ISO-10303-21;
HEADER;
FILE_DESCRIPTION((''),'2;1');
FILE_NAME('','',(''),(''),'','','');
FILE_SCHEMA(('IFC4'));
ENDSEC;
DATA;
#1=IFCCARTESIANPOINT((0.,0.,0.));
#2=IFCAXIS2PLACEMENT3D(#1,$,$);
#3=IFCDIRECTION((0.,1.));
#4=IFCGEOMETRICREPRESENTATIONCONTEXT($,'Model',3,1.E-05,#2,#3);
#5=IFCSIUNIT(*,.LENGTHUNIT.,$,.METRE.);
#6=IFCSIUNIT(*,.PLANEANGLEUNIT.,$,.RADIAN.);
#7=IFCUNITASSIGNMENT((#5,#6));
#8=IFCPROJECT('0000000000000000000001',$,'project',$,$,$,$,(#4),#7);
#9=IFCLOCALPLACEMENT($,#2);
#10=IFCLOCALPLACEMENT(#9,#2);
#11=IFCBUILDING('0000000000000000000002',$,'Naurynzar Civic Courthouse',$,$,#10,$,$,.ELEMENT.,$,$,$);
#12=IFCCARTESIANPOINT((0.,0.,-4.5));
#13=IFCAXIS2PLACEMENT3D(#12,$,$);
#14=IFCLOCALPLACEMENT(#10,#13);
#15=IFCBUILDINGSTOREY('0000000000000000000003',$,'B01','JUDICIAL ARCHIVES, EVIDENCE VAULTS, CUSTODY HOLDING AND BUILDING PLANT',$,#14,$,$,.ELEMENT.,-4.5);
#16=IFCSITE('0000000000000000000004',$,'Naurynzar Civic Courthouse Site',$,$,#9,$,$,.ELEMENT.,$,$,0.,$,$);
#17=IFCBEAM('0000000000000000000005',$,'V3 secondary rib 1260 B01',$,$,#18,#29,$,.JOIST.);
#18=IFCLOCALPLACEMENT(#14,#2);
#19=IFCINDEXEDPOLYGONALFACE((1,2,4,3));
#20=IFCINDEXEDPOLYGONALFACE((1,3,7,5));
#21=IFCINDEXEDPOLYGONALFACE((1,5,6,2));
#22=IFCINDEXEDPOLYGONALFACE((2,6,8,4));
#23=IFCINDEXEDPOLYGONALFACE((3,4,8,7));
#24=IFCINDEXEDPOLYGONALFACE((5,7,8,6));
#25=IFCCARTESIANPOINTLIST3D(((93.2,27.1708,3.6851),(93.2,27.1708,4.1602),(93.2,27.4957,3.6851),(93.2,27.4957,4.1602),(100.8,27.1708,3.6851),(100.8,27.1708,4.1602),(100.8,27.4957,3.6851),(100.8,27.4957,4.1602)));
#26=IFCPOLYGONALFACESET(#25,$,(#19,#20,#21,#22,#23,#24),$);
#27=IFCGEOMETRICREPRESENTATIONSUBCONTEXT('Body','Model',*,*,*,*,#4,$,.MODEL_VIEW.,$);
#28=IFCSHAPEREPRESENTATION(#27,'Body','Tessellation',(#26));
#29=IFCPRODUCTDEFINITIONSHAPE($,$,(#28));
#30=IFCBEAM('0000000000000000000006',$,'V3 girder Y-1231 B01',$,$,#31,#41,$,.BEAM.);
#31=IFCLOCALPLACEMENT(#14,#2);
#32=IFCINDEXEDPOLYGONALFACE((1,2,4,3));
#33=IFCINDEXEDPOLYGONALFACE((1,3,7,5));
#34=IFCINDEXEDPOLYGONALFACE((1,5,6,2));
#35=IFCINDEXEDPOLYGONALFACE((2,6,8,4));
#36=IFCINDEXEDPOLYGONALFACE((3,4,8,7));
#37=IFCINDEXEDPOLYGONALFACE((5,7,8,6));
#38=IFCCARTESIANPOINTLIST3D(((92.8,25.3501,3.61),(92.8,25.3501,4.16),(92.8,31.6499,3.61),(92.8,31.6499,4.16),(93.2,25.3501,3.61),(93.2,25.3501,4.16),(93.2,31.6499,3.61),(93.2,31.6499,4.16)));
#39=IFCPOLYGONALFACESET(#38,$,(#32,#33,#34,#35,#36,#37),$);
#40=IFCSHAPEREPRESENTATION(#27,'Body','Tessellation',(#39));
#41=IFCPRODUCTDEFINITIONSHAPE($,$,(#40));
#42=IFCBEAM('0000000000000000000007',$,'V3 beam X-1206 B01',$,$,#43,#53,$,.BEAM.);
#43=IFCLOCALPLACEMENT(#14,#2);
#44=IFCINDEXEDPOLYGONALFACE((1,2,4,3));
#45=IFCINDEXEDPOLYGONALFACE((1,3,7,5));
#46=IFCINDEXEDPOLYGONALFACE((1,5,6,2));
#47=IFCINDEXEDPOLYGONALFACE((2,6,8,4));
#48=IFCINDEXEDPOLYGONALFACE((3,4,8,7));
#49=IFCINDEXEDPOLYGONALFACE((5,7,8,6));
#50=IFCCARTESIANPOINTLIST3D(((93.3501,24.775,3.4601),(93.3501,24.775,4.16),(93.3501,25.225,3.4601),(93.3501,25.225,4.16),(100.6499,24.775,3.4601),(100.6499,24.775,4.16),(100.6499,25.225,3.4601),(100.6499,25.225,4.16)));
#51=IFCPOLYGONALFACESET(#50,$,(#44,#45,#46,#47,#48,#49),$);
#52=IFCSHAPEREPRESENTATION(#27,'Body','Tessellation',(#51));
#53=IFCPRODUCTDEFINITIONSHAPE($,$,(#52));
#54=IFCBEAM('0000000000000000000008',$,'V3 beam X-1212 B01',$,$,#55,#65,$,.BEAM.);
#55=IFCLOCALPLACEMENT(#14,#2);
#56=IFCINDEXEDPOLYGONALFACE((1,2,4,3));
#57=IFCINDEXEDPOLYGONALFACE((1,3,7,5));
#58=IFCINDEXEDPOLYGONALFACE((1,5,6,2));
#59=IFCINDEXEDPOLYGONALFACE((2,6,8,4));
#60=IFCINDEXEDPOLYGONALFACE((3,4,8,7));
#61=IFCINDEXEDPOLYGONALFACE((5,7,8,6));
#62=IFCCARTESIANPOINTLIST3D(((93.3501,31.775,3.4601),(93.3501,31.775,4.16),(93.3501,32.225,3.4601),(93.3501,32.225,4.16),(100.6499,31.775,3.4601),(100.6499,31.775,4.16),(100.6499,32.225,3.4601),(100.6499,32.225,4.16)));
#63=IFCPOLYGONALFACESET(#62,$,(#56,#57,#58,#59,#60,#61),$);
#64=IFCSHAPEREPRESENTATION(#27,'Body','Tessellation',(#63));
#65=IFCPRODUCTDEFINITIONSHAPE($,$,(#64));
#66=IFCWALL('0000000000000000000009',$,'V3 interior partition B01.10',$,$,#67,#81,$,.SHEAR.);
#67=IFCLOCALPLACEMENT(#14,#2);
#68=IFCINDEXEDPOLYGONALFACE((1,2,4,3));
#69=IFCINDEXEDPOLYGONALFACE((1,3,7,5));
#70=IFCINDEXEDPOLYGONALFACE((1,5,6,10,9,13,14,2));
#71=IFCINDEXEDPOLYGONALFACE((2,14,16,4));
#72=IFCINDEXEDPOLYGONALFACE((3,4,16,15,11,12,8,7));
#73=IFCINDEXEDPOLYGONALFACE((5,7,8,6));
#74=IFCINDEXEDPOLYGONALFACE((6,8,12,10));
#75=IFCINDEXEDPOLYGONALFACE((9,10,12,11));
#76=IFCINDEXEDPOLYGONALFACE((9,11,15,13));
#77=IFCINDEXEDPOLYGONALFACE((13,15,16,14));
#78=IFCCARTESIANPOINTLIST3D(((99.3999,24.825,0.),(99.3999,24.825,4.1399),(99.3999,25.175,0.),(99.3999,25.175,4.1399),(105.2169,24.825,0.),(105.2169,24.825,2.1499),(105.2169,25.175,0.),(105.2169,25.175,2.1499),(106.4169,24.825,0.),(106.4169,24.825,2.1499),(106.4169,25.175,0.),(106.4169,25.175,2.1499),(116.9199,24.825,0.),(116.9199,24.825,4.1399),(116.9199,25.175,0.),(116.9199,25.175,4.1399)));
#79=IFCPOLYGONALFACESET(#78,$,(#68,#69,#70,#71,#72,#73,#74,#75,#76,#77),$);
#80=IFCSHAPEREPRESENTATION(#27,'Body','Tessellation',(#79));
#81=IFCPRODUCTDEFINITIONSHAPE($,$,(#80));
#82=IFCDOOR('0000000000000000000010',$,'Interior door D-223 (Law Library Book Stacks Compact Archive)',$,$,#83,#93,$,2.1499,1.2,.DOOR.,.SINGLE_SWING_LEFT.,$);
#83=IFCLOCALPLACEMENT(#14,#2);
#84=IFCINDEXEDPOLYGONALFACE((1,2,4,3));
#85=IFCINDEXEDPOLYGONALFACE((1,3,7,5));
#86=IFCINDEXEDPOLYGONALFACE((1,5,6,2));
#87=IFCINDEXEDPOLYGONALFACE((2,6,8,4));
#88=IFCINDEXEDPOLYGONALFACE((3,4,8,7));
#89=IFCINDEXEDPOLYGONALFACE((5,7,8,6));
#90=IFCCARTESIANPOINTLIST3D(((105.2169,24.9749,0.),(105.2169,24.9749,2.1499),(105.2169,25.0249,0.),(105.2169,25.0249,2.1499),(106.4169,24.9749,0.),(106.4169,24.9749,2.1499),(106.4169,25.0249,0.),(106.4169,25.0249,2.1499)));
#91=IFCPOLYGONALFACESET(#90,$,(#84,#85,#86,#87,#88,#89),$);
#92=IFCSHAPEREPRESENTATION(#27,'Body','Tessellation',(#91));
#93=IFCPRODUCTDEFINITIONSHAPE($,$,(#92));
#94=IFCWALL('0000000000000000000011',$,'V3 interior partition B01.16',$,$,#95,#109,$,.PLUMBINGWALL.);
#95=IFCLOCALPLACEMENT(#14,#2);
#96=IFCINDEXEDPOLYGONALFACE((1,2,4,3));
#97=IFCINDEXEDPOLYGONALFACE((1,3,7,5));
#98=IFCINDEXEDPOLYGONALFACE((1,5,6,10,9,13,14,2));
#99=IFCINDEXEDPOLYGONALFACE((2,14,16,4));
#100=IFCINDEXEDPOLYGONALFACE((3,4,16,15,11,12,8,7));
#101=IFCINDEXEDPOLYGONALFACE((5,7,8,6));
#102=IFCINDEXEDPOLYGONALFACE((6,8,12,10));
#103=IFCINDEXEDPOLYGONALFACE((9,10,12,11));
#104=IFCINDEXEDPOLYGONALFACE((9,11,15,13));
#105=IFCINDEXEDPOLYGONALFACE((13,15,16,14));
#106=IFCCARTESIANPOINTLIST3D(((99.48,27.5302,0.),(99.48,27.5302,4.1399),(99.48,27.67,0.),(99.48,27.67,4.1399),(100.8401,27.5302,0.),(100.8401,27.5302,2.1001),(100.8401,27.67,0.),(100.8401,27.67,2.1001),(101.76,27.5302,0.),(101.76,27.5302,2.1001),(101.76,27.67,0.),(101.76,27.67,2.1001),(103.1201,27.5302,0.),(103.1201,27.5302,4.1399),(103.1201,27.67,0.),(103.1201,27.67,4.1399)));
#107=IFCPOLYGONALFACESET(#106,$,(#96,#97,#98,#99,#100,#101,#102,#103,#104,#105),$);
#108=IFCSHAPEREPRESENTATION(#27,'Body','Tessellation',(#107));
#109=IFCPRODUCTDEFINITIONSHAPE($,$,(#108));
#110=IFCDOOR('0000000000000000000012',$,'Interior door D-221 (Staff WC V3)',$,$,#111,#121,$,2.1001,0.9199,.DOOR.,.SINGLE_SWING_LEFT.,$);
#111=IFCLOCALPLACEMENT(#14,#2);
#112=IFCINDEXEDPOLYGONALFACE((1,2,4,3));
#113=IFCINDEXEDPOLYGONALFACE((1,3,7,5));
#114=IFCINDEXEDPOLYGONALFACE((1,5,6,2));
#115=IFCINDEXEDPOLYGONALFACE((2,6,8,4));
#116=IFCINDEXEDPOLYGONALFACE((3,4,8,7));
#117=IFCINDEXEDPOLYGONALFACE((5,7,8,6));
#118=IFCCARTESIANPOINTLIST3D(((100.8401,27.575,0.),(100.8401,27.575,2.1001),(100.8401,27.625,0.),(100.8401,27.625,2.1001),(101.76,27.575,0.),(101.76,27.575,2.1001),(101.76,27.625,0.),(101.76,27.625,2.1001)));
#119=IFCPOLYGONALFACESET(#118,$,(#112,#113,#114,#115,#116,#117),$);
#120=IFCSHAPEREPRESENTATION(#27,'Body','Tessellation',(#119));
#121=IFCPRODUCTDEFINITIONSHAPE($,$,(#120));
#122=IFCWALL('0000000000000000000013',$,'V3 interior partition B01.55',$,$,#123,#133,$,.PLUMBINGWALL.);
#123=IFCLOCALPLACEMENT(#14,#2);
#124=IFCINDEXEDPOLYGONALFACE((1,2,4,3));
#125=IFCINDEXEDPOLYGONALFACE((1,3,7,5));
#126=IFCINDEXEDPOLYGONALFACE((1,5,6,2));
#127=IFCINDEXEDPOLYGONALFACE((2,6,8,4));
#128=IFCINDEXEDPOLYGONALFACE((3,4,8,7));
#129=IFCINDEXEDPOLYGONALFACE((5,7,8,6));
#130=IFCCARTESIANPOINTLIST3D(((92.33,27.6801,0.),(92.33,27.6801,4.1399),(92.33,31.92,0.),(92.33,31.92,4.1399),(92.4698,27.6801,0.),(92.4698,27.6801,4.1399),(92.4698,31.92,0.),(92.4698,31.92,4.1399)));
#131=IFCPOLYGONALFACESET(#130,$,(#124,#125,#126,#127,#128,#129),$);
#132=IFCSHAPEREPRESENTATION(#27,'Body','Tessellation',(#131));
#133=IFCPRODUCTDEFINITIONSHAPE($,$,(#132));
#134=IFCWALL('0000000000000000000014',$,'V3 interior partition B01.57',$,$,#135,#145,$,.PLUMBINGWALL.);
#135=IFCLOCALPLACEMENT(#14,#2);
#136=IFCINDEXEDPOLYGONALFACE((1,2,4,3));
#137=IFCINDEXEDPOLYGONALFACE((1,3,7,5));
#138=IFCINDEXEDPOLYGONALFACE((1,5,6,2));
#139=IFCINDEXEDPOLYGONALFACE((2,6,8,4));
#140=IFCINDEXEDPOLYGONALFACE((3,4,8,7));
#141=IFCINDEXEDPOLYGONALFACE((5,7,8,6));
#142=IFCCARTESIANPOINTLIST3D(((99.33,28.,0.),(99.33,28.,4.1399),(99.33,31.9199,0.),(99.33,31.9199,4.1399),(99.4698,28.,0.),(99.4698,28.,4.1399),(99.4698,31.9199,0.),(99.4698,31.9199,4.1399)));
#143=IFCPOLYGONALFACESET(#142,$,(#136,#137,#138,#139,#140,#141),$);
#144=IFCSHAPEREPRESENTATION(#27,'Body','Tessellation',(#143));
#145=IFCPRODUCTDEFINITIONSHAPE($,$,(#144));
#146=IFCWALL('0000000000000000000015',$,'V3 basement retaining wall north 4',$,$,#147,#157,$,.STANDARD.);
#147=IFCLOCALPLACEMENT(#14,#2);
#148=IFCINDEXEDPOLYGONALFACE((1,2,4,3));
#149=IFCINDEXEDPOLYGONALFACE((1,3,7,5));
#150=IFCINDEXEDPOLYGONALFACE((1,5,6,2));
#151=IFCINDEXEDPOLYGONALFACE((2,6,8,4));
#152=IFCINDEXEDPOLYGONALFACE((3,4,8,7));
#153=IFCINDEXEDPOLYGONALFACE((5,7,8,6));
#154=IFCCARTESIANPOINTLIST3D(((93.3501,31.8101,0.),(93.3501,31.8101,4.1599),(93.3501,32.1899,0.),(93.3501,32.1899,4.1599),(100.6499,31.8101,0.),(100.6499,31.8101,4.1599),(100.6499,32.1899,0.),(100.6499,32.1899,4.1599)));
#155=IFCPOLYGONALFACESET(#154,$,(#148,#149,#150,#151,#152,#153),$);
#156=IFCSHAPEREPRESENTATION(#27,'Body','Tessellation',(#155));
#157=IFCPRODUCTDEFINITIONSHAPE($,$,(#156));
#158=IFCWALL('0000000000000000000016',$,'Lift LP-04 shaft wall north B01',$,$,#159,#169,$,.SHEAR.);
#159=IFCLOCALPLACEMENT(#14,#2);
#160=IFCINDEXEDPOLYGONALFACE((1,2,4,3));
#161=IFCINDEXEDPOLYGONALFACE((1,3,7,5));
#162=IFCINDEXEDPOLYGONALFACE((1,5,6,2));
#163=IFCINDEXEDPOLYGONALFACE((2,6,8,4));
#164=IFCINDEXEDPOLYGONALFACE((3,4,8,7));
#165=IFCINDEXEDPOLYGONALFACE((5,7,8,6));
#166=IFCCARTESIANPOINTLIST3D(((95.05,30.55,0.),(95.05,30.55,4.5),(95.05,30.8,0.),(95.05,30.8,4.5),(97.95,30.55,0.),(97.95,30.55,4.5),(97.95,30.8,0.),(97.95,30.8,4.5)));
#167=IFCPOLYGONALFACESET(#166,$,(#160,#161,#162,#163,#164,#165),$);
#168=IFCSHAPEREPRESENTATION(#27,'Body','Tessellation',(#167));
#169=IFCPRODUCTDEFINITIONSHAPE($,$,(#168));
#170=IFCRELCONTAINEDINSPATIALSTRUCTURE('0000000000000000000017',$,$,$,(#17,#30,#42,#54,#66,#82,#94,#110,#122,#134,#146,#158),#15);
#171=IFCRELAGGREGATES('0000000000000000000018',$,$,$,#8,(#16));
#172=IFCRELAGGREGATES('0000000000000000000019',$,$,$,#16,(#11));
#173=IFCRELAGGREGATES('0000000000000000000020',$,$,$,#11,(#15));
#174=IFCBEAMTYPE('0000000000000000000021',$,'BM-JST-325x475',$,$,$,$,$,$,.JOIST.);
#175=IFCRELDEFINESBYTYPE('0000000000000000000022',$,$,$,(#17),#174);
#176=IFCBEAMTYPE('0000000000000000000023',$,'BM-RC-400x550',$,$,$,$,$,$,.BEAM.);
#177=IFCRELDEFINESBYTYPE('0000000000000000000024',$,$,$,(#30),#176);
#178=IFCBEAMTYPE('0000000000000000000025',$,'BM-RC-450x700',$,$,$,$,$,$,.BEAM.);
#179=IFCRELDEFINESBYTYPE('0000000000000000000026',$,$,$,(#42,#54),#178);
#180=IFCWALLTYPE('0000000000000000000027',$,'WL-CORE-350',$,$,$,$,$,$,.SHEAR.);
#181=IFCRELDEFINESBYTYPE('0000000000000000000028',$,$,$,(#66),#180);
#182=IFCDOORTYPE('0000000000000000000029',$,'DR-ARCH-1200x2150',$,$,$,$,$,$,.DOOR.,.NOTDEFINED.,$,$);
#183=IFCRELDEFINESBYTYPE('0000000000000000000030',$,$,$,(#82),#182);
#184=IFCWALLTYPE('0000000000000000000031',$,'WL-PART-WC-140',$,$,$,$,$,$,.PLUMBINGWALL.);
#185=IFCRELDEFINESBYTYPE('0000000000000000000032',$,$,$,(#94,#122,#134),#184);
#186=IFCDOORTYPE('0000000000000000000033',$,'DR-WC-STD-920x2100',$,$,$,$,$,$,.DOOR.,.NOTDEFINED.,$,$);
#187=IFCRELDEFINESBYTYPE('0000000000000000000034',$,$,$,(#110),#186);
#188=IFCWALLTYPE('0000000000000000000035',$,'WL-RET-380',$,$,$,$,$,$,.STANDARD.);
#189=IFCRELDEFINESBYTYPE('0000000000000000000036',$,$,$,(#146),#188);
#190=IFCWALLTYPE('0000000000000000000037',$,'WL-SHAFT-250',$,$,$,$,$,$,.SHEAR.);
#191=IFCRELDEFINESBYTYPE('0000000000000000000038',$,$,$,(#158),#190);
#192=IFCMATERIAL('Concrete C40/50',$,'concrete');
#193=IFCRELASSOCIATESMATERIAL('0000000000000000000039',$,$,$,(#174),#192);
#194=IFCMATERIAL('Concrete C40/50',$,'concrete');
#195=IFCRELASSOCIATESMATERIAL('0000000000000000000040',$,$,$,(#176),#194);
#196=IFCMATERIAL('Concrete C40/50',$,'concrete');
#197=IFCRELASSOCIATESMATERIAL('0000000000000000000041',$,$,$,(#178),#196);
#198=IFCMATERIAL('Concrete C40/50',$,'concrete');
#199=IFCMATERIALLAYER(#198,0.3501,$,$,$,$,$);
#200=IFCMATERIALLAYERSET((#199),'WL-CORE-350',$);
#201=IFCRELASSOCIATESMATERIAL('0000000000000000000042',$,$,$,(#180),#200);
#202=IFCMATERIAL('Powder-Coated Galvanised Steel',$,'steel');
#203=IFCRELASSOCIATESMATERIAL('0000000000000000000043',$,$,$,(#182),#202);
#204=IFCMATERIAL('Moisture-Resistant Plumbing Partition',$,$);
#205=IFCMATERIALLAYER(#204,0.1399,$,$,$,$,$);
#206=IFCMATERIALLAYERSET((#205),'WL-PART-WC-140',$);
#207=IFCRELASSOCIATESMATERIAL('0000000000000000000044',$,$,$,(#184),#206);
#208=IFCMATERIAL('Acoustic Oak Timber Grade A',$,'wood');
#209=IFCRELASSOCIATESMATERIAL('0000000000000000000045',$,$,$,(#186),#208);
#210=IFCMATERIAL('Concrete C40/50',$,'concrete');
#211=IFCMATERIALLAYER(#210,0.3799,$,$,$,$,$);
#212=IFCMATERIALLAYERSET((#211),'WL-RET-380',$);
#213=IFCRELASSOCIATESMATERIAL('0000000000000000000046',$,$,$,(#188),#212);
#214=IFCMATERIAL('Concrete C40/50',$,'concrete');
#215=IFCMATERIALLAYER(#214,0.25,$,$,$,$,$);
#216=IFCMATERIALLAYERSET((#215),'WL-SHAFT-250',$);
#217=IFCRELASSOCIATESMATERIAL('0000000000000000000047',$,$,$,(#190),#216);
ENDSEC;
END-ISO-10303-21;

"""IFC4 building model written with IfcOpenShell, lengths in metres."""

from ifc_helpers import new_model, si_unit, direction, frame, frame_2d, origin, origin_2d, place, context, subcontext, project, spatial, rectangle, extrude, material, layer, layer_set, material_profile, profile_set, type_object, element, fill, save


model = new_model("IFC4")

# Units and contexts
model_context = context("Model", 3, precision=1e-05, world=origin(), true_north=direction((0.0, 1.0)))
body_context = subcontext(model_context, "Body", "Model", "MODEL_VIEW")
ifc_project = project(units=[si_unit("LENGTHUNIT", "METRE"), si_unit("PLANEANGLEUNIT", "RADIAN")], contexts=[model_context])

# Site, building, storey
site_placement = place(None, origin())
site = spatial("IfcSite", under=ifc_project, at=site_placement, Name="Naurynzar Civic Courthouse Site", CompositionType="ELEMENT", RefElevation=0.0)
building_placement = place(site_placement, origin())
building = spatial("IfcBuilding", under=site, at=building_placement, Name="Naurynzar Civic Courthouse", CompositionType="ELEMENT")
storey_placement = place(building_placement, frame((0.0, 0.0, -4.5)))
storey = spatial("IfcBuildingStorey", under=building, at=storey_placement, Name="B01", Description="JUDICIAL ARCHIVES, EVIDENCE VAULTS, CUSTODY HOLDING AND BUILDING PLANT", CompositionType="ELEMENT", Elevation=-4.5)

# Beams
ifc_material_1 = material(Name="Concrete C40/50", Category="concrete")
ifc_material_profile_1 = material_profile(ifc_material_1, rectangle(XDim=0.325, YDim=0.4751, at=origin_2d()), Name="RCB 325x475")
ifc_profile_set_1 = profile_set([ifc_material_profile_1], Name="Concrete C40/50")
beam_type_1 = type_object("IfcBeamType", Name="BM-JST-325x475", PredefinedType="JOIST", material=ifc_profile_set_1)
beam_1_placement = place(storey_placement, frame((93.2, 27.3333, 3.9226), z_axis=(1.0, 0.0, 0.0), x_axis=(0.0, 1.0, 0.0)))
element("IfcBeam", 1, at=beam_1_placement, inside=storey, type_object=beam_type_1, Name="V3 secondary rib 1260 B01", PredefinedType="JOIST", context=body_context, shape_type="SweptSolid", body=[
    extrude(rectangle(XDim=0.325, YDim=0.4751, at=origin_2d()), origin(), (0.0, 0.0, 1.0), 7.6001),
])
ifc_material_2 = material(Name="Concrete C40/50", Category="concrete")
ifc_material_profile_2 = material_profile(ifc_material_2, rectangle(XDim=0.3999, YDim=0.55, at=origin_2d()), Name="RCB 400x550")
ifc_profile_set_2 = profile_set([ifc_material_profile_2], Name="Concrete C40/50")
beam_type_2 = type_object("IfcBeamType", Name="BM-RC-400x550", PredefinedType="BEAM", material=ifc_profile_set_2)
beam_2_placement = place(storey_placement, frame((93.0, 25.3501, 3.885), z_axis=(0.0, 1.0, 0.0), x_axis=(-1.0, 0.0, 0.0)))
element("IfcBeam", 2, at=beam_2_placement, inside=storey, type_object=beam_type_2, Name="V3 girder Y-1231 B01", PredefinedType="BEAM", context=body_context, shape_type="SweptSolid", body=[
    extrude(rectangle(XDim=0.3999, YDim=0.55, at=origin_2d()), origin(), (0.0, 0.0, 1.0), 6.2998),
])
ifc_material_3 = material(Name="Concrete C40/50", Category="concrete")
ifc_material_profile_3 = material_profile(ifc_material_3, rectangle(XDim=0.45, YDim=0.7, at=origin_2d()), Name="RCB 450x700")
ifc_profile_set_3 = profile_set([ifc_material_profile_3], Name="Concrete C40/50")
beam_type_3 = type_object("IfcBeamType", Name="BM-RC-450x700", PredefinedType="BEAM", material=ifc_profile_set_3)
for number, where, z_axis, x_axis, name in (
    (3, (93.3501, 25.0, 3.8101), (1.0, 0.0, 0.0), (0.0, 1.0, 0.0), "V3 beam X-1206 B01"),
    (4, (93.3501, 32.0, 3.8101), (1.0, 0.0, 0.0), (0.0, 1.0, 0.0), "V3 beam X-1212 B01"),
):
    element("IfcBeam", number, at=place(storey_placement, frame(where, z_axis=z_axis, x_axis=x_axis)), inside=storey, type_object=beam_type_3, Name=name, PredefinedType="BEAM", context=body_context, shape_type="SweptSolid", body=[
        extrude(rectangle(XDim=0.45, YDim=0.7, at=origin_2d()), origin(), (0.0, 0.0, 1.0), 7.2998),
    ])

# Walls, openings, doors
ifc_material_4 = material(Name="Concrete C40/50", Category="concrete")
ifc_layer_1 = layer(ifc_material_4, 0.3501)
ifc_layer_set_1 = layer_set([ifc_layer_1], Name="WL-CORE-350")
wall_type_1 = type_object("IfcWallType", Name="WL-CORE-350", PredefinedType="SHEAR", material=ifc_layer_set_1)
wall_1_placement = place(storey_placement, frame((99.3999, 25.0, 0.0), z_axis=(0.0, 0.0, 1.0), x_axis=(1.0, 0.0, 0.0)))
wall_1 = element("IfcWall", 5, at=wall_1_placement, inside=storey, type_object=wall_type_1, Name="V3 interior partition B01.10", PredefinedType="SHEAR", context=body_context, shape_type="SweptSolid", body=[
    extrude(rectangle(XDim=17.52, YDim=0.3501, at=frame_2d((8.76, 0.0))), origin(), (0.0, 0.0, 1.0), 4.1399),
])
opening_1_placement = place(wall_1_placement, frame((5.8169, 0.0, 0.0)))
opening_1 = element("IfcOpeningElement", 6, at=opening_1_placement, cuts=wall_1, PredefinedType="OPENING", context=body_context, shape_type="SweptSolid", body=[
    extrude(rectangle(XDim=1.2, YDim=2.1499, at=frame_2d((0.6001, 1.075))), frame((0.0, 0.1851, 0.0), z_axis=(0.0, -1.0, 0.0), x_axis=(1.0, 0.0, 0.0)), (0.0, 0.0, 1.0), 0.3701),
])
ifc_material_5 = material(Name="Powder-Coated Galvanised Steel", Category="steel")
door_type_1 = type_object("IfcDoorType", Name="DR-ARCH-1200x2150", OperationType="NOTDEFINED", PredefinedType="DOOR", material=ifc_material_5)
door_1_placement = place(opening_1_placement, origin())
door_1 = element("IfcDoor", 7, at=door_1_placement, inside=storey, type_object=door_type_1, Name="Interior door D-223 (Law Library Book Stacks Compact Archive)", OperationType="SINGLE_SWING_LEFT", OverallHeight=2.1499, OverallWidth=1.2, PredefinedType="DOOR", context=body_context, shape_type="SweptSolid", body=[
    extrude(rectangle(XDim=1.2, YDim=2.1499, at=frame_2d((0.6001, 1.075))), frame((0.0, 0.0249, 0.0), z_axis=(0.0, -1.0, 0.0), x_axis=(1.0, 0.0, 0.0)), (0.0, 0.0, 1.0), 0.05),
])
fill(opening_1, door_1)
ifc_material_6 = material(Name="Moisture-Resistant Plumbing Partition")
ifc_layer_2 = layer(ifc_material_6, 0.1399)
ifc_layer_set_2 = layer_set([ifc_layer_2], Name="WL-PART-WC-140")
wall_type_2 = type_object("IfcWallType", Name="WL-PART-WC-140", PredefinedType="PLUMBINGWALL", material=ifc_layer_set_2)
wall_2_placement = place(storey_placement, frame((99.48, 27.6001, 0.0), z_axis=(0.0, 0.0, 1.0), x_axis=(1.0, 0.0, 0.0)))
wall_2 = element("IfcWall", 8, at=wall_2_placement, inside=storey, type_object=wall_type_2, Name="V3 interior partition B01.16", PredefinedType="PLUMBINGWALL", context=body_context, shape_type="SweptSolid", body=[
    extrude(rectangle(XDim=3.6401, YDim=0.1399, at=frame_2d((1.8201, 0.0))), origin(), (0.0, 0.0, 1.0), 4.1399),
])
opening_2_placement = place(wall_2_placement, frame((1.3601, 0.0, 0.0)))
opening_2 = element("IfcOpeningElement", 9, at=opening_2_placement, cuts=wall_2, PredefinedType="OPENING", context=body_context, shape_type="SweptSolid", body=[
    extrude(rectangle(XDim=0.9199, YDim=2.1001, at=frame_2d((0.46, 1.05))), frame((0.0, 0.0798, 0.0), z_axis=(0.0, -1.0, 0.0), x_axis=(1.0, 0.0, 0.0)), (0.0, 0.0, 1.0), 0.1599),
])
ifc_material_7 = material(Name="Acoustic Oak Timber Grade A", Category="wood")
door_type_2 = type_object("IfcDoorType", Name="DR-WC-STD-920x2100", OperationType="NOTDEFINED", PredefinedType="DOOR", material=ifc_material_7)
door_2_placement = place(opening_2_placement, origin())
door_2 = element("IfcDoor", 10, at=door_2_placement, inside=storey, type_object=door_type_2, Name="Interior door D-221 (Staff WC V3)", OperationType="SINGLE_SWING_LEFT", OverallHeight=2.1001, OverallWidth=0.9199, PredefinedType="DOOR", context=body_context, shape_type="SweptSolid", body=[
    extrude(rectangle(XDim=0.9199, YDim=2.1001, at=frame_2d((0.46, 1.05))), frame((0.0, 0.0249, 0.0), z_axis=(0.0, -1.0, 0.0), x_axis=(1.0, 0.0, 0.0)), (0.0, 0.0, 1.0), 0.05),
])
fill(opening_2, door_2)

# Walls
wall_3_placement = place(storey_placement, frame((92.3999, 27.6799, 0.0), z_axis=(0.0, 0.0, 1.0), x_axis=(0.0, 1.0, 0.0)))
element("IfcWall", 11, at=wall_3_placement, inside=storey, type_object=wall_type_2, Name="V3 interior partition B01.55", PredefinedType="PLUMBINGWALL", context=body_context, shape_type="SweptSolid", body=[
    extrude(rectangle(XDim=4.24, YDim=0.1399, at=frame_2d((2.1201, 0.0))), origin(), (0.0, 0.0, 1.0), 4.1399),
])
wall_4_placement = place(storey_placement, frame((99.3999, 28.0, 0.0), z_axis=(0.0, 0.0, 1.0), x_axis=(0.0, 1.0, 0.0)))
element("IfcWall", 12, at=wall_4_placement, inside=storey, type_object=wall_type_2, Name="V3 interior partition B01.57", PredefinedType="PLUMBINGWALL", context=body_context, shape_type="SweptSolid", body=[
    extrude(rectangle(XDim=3.9199, YDim=0.1399, at=frame_2d((1.96, 0.0))), origin(), (0.0, 0.0, 1.0), 4.1399),
])
ifc_material_8 = material(Name="Concrete C40/50", Category="concrete")
ifc_layer_3 = layer(ifc_material_8, 0.3799)
ifc_layer_set_3 = layer_set([ifc_layer_3], Name="WL-RET-380")
wall_type_3 = type_object("IfcWallType", Name="WL-RET-380", PredefinedType="STANDARD", material=ifc_layer_set_3)
wall_5_placement = place(storey_placement, frame((93.3501, 32.0, 0.0), z_axis=(0.0, 0.0, 1.0), x_axis=(1.0, 0.0, 0.0)))
element("IfcWall", 13, at=wall_5_placement, inside=storey, type_object=wall_type_3, Name="V3 basement retaining wall north 4", PredefinedType="STANDARD", context=body_context, shape_type="SweptSolid", body=[
    extrude(rectangle(XDim=7.2998, YDim=0.3799, at=frame_2d((3.6499, 0.0))), origin(), (0.0, 0.0, 1.0), 4.1599),
])

# Shared definitions
ifc_material_9 = material(Name="Concrete C40/50", Category="concrete")
ifc_layer_4 = layer(ifc_material_9, 0.25)
ifc_layer_set_4 = layer_set([ifc_layer_4], Name="WL-SHAFT-250")
wall_type_4 = type_object("IfcWallType", Name="WL-SHAFT-250", PredefinedType="SHEAR", material=ifc_layer_set_4)

# Wall
wall_6_placement = place(storey_placement, frame((97.95, 30.675, 0.0), z_axis=(0.0, 0.0, 1.0), x_axis=(-1.0, 0.0, 0.0)))
element("IfcWall", 14, at=wall_6_placement, inside=storey, type_object=wall_type_4, Name="Lift LP-04 shaft wall north B01", PredefinedType="SHEAR", context=body_context, shape_type="SweptSolid", body=[
    extrude(rectangle(XDim=2.8999, YDim=0.25, at=frame_2d((1.45, 0.0))), origin(), (0.0, 0.0, 1.0), 4.5),
])

save(model, "model.ifc")
